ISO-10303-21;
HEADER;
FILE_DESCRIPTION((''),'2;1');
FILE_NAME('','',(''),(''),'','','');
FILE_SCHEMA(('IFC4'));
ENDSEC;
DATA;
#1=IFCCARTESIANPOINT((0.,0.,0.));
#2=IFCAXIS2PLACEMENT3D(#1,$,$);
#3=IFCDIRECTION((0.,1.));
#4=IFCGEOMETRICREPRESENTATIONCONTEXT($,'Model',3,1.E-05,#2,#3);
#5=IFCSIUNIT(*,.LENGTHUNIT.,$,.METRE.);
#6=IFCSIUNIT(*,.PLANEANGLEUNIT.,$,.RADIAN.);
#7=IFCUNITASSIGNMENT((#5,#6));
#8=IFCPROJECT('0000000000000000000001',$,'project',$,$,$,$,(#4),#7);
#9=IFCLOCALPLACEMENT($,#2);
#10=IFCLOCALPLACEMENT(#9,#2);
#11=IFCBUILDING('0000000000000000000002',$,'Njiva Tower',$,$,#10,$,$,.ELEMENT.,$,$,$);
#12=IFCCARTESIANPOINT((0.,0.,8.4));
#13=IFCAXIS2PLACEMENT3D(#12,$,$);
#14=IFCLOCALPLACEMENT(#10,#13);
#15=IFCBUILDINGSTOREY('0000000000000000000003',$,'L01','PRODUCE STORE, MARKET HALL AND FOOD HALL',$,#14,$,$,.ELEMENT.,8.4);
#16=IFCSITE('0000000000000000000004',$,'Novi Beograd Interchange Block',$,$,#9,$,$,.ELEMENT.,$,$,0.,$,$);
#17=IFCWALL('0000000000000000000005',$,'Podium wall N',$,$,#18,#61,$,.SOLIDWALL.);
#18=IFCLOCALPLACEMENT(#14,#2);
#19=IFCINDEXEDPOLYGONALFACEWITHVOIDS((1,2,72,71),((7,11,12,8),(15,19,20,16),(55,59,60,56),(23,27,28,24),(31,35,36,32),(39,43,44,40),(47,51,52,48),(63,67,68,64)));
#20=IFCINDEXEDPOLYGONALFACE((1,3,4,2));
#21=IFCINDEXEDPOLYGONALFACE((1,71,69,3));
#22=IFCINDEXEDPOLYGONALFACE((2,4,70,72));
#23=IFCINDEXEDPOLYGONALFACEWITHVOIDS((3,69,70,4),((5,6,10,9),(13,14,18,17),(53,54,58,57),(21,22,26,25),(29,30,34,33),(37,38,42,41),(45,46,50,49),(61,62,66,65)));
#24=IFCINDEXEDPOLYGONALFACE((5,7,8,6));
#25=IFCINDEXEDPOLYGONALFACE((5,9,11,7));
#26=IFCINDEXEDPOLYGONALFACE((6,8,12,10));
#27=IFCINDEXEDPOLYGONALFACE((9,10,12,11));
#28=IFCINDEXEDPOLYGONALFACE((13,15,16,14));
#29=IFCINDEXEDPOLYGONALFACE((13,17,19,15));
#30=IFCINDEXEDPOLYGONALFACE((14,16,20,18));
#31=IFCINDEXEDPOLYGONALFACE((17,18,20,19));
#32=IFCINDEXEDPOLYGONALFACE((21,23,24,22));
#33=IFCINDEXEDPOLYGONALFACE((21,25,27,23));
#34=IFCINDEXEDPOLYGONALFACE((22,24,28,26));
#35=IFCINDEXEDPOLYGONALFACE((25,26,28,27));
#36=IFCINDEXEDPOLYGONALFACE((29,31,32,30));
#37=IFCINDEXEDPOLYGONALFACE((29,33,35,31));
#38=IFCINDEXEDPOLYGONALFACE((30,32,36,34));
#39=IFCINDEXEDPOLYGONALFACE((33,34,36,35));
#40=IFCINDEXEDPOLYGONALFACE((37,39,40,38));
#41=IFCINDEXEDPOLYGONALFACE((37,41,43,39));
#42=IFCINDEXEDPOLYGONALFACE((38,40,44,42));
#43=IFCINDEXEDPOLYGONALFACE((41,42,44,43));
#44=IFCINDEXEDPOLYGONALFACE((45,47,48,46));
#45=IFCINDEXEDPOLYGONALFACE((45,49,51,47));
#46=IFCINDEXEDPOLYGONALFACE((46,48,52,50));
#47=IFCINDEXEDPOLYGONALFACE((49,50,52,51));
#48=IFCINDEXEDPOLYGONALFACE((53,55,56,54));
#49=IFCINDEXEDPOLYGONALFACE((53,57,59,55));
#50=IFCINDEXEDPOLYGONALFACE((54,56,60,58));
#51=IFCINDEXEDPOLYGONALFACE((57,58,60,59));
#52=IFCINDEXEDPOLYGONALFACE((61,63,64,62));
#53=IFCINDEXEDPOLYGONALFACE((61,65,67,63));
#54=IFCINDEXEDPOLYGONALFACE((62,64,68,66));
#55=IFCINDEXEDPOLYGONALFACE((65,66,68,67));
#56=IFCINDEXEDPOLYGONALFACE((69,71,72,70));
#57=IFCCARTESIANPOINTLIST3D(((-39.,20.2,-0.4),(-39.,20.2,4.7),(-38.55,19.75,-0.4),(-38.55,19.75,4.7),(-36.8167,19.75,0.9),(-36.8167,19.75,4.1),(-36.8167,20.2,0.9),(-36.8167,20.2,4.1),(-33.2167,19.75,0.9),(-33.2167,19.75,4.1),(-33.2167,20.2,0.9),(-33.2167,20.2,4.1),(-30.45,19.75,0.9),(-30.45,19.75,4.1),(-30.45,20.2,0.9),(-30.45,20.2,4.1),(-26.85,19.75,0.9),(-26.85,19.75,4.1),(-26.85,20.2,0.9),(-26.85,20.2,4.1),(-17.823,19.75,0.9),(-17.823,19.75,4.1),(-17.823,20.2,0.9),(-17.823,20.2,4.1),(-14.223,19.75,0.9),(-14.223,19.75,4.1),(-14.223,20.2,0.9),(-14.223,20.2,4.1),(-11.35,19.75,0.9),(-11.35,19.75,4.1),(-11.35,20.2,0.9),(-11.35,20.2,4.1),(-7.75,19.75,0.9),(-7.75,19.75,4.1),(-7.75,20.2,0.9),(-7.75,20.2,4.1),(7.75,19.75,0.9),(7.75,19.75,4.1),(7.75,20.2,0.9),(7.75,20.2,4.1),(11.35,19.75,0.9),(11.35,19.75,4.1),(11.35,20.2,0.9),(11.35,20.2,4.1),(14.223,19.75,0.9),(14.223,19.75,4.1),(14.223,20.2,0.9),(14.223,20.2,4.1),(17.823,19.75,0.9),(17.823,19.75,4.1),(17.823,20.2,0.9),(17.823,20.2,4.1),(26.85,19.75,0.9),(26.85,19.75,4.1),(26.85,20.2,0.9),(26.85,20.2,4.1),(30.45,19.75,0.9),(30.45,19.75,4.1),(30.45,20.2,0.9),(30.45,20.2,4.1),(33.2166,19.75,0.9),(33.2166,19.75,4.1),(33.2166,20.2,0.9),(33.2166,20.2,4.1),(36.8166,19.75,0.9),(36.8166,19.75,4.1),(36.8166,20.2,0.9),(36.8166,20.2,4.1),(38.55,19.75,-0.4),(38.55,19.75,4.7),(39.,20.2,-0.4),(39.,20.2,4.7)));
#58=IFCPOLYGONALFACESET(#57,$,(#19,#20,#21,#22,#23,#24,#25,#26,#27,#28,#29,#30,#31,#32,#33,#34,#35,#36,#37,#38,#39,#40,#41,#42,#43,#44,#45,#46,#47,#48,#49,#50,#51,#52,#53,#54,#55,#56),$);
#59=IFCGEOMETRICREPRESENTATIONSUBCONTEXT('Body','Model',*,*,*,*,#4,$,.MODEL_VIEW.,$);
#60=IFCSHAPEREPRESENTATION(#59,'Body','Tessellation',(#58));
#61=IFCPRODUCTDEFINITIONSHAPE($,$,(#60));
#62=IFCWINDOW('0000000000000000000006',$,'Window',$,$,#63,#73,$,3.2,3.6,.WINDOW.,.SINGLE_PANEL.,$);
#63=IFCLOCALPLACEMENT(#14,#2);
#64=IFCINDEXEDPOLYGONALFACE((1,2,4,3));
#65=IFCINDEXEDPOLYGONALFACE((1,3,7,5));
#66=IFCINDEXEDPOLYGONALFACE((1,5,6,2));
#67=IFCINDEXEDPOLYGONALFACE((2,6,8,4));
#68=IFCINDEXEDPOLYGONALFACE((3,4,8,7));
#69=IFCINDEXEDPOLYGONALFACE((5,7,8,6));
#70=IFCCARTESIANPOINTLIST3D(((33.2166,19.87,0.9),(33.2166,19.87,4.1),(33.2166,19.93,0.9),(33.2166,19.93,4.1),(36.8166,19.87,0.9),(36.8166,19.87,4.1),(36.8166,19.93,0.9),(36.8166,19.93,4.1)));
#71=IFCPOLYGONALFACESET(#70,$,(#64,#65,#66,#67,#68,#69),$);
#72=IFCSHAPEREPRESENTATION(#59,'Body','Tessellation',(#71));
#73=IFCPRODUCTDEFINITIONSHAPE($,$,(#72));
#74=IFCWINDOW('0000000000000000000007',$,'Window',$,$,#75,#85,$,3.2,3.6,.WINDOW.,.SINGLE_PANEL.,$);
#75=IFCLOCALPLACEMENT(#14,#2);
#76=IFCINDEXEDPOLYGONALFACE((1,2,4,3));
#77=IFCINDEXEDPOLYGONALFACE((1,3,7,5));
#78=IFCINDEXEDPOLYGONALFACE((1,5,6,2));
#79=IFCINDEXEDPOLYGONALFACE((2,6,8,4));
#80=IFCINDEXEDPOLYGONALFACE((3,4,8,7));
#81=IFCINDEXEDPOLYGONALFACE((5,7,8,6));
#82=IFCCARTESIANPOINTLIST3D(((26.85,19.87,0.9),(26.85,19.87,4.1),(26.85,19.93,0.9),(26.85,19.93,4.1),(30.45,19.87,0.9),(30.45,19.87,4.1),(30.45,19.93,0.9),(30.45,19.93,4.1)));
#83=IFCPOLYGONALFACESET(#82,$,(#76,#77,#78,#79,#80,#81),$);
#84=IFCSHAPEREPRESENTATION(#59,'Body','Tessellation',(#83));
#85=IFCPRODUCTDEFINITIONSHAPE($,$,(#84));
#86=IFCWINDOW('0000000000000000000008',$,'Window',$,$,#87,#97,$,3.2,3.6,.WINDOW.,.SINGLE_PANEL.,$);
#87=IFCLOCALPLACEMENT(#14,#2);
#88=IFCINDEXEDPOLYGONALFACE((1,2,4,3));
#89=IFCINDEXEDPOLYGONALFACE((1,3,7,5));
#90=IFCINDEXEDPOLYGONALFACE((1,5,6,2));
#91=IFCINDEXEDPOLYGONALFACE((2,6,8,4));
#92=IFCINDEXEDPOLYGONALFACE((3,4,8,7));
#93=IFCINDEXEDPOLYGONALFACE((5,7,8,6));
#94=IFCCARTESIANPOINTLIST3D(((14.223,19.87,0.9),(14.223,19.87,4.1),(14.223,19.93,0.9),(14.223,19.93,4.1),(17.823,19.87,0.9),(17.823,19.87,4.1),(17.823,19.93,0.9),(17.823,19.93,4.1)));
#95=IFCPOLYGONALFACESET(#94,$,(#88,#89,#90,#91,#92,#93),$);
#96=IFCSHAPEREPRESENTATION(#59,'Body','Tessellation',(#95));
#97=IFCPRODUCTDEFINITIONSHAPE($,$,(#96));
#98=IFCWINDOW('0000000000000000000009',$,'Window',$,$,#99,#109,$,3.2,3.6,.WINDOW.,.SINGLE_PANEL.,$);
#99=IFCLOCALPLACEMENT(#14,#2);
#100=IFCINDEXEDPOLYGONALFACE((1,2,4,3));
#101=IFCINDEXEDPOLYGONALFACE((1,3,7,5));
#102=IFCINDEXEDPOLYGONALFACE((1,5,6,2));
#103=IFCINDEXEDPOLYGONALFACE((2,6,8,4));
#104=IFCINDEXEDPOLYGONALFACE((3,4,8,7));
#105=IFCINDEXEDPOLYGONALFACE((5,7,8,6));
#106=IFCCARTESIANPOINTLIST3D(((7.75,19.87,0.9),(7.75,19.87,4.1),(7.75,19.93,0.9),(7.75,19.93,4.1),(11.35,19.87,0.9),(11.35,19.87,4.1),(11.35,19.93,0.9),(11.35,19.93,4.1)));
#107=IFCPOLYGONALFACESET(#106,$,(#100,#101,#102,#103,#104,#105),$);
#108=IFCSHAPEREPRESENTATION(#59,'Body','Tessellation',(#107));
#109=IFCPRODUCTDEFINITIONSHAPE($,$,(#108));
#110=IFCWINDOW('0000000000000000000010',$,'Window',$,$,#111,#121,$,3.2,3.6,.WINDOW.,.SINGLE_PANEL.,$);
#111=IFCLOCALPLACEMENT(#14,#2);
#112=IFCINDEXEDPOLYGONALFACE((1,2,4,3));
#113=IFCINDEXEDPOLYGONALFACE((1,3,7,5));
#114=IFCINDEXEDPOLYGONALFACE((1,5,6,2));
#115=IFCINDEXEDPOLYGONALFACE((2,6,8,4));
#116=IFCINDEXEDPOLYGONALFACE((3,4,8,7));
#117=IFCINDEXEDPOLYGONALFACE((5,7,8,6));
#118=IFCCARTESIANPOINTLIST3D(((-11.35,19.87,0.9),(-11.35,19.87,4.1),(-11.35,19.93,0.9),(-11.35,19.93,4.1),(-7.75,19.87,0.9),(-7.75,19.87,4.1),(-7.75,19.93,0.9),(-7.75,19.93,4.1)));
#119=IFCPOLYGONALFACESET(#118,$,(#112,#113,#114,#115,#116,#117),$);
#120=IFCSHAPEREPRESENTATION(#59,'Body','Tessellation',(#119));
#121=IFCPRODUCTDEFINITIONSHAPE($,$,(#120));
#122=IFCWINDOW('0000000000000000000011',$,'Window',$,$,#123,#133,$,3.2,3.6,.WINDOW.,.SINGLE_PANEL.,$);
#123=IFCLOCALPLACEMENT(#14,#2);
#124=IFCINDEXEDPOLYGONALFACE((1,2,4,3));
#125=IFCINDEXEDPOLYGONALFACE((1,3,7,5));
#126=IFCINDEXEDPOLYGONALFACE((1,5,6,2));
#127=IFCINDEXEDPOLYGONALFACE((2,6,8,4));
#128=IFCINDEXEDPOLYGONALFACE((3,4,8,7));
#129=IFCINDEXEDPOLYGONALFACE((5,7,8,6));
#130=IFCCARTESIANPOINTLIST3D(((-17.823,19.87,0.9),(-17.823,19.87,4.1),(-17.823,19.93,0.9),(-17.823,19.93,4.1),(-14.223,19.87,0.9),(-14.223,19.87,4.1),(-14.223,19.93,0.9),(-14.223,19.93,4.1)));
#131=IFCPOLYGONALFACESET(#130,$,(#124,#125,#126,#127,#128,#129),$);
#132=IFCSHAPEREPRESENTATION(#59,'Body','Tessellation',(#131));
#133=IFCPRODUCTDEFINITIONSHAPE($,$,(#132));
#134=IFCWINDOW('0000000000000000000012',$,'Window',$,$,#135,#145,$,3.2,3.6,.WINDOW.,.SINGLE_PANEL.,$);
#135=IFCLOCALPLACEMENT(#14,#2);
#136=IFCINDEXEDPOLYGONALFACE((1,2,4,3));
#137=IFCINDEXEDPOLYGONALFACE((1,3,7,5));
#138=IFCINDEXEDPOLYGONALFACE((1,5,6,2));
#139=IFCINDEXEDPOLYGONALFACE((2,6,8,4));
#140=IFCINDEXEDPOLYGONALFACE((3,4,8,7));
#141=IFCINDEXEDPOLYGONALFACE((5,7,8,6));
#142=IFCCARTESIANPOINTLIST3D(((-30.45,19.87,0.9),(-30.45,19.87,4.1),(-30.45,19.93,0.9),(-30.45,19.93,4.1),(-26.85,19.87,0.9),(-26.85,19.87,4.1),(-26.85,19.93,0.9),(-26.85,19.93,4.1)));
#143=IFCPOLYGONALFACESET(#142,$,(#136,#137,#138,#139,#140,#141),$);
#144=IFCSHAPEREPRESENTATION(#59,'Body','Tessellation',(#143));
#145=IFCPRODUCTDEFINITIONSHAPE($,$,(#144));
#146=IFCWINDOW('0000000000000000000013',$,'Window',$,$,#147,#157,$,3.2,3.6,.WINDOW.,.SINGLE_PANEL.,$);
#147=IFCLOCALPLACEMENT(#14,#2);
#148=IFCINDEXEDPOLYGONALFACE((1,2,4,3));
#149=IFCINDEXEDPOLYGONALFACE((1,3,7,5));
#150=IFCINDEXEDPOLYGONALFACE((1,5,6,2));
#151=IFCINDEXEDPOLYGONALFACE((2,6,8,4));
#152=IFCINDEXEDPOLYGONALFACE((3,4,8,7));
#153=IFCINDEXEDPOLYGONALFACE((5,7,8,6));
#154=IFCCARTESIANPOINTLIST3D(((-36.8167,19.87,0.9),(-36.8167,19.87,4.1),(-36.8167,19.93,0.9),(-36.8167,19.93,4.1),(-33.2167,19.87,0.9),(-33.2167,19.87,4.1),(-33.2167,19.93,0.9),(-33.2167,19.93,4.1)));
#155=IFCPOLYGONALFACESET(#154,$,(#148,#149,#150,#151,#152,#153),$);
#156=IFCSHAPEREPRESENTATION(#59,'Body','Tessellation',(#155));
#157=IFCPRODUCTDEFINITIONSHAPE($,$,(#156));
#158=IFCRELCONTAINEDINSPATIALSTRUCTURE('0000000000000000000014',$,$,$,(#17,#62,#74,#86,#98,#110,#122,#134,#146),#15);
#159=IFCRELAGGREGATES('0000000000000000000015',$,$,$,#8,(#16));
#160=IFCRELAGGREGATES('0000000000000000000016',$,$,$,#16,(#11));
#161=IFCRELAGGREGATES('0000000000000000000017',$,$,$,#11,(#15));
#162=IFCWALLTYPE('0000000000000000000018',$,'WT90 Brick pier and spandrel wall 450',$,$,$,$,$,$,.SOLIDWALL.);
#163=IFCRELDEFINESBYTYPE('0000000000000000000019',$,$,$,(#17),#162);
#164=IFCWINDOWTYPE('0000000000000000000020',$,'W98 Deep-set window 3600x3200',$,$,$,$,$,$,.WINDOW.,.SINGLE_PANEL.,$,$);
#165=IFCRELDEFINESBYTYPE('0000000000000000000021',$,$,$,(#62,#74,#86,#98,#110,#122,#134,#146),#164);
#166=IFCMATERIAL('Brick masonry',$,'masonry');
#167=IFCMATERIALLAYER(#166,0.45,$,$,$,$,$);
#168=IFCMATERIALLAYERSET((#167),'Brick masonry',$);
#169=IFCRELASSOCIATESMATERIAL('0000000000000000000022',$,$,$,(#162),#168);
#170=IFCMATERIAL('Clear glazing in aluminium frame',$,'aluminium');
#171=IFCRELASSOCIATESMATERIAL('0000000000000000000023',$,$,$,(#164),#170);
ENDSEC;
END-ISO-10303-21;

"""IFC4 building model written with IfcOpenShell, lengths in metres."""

from ifc_helpers import new_model, si_unit, direction, frame, frame_2d, origin, place, context, subcontext, project, spatial, polyline, rectangle, outline, extrude, material, layer, layer_set, type_object, element, fill, save


model = new_model("IFC4")

# Units and contexts
model_context = context("Model", 3, precision=1e-05, world=origin(), true_north=direction((0.0, 1.0)))
body_context = subcontext(model_context, "Body", "Model", "MODEL_VIEW")
ifc_project = project(units=[si_unit("LENGTHUNIT", "METRE"), si_unit("PLANEANGLEUNIT", "RADIAN")], contexts=[model_context])

# Site, building, storey
site_placement = place(None, origin())
site = spatial("IfcSite", under=ifc_project, at=site_placement, Name="Novi Beograd Interchange Block", CompositionType="ELEMENT", RefElevation=0.0)
building_placement = place(site_placement, origin())
building = spatial("IfcBuilding", under=site, at=building_placement, Name="Njiva Tower", CompositionType="ELEMENT")
storey_placement = place(building_placement, frame((0.0, 0.0, 8.4)))
storey = spatial("IfcBuildingStorey", under=building, at=storey_placement, Name="L01", Description="PRODUCE STORE, MARKET HALL AND FOOD HALL", CompositionType="ELEMENT", Elevation=8.4)

# Wall, openings, windows
ifc_material_1 = material(Name="Brick masonry", Category="masonry")
ifc_layer = layer(ifc_material_1, 0.45)
ifc_layer_set = layer_set([ifc_layer], Name="Brick masonry")
wall_type = type_object("IfcWallType", Name="WT90 Brick pier and spandrel wall 450", PredefinedType="SOLIDWALL", material=ifc_layer_set)
wall_placement = place(storey_placement, frame((38.775, 19.975, -0.4), z_axis=(0.0, 0.0, 1.0), x_axis=(-1.0, 0.0, 0.0)))
wall = element("IfcWall", 1, at=wall_placement, inside=storey, type_object=wall_type, Name="Podium wall N", PredefinedType="SOLIDWALL", context=body_context, shape_type="SweptSolid", body=[
    extrude(outline(polyline([(-0.225, -0.225), (77.775, -0.225), (77.325, 0.225), (0.225, 0.225), (-0.225, -0.225)])), origin(), (0.0, 0.0, 1.0), 5.1),
])
opening_1_placement = place(wall_placement, frame((1.9584, 0.0, 1.3)))
opening_1 = element("IfcOpeningElement", 2, at=opening_1_placement, cuts=wall, PredefinedType="OPENING", context=body_context, shape_type="SweptSolid", body=[
    extrude(rectangle(XDim=3.6, YDim=3.2, at=frame_2d((1.8, 1.6))), frame((0.0, 0.235, 0.0), z_axis=(0.0, -1.0, 0.0), x_axis=(1.0, 0.0, 0.0)), (0.0, 0.0, 1.0), 0.47),
])
opening_2_placement = place(wall_placement, frame((8.325, 0.0, 1.3)))
opening_2 = element("IfcOpeningElement", 3, at=opening_2_placement, cuts=wall, PredefinedType="OPENING", context=body_context, shape_type="SweptSolid", body=[
    extrude(rectangle(XDim=3.6, YDim=3.2, at=frame_2d((1.8, 1.6))), frame((0.0, 0.235, 0.0), z_axis=(0.0, -1.0, 0.0), x_axis=(1.0, 0.0, 0.0)), (0.0, 0.0, 1.0), 0.47),
])
opening_3_placement = place(wall_placement, frame((20.952, 0.0, 1.3)))
opening_3 = element("IfcOpeningElement", 4, at=opening_3_placement, cuts=wall, PredefinedType="OPENING", context=body_context, shape_type="SweptSolid", body=[
    extrude(rectangle(XDim=3.6, YDim=3.2, at=frame_2d((1.8, 1.6))), frame((0.0, 0.235, 0.0), z_axis=(0.0, -1.0, 0.0), x_axis=(1.0, 0.0, 0.0)), (0.0, 0.0, 1.0), 0.47),
])
opening_4_placement = place(wall_placement, frame((27.425, 0.0, 1.3)))
opening_4 = element("IfcOpeningElement", 5, at=opening_4_placement, cuts=wall, PredefinedType="OPENING", context=body_context, shape_type="SweptSolid", body=[
    extrude(rectangle(XDim=3.6, YDim=3.2, at=frame_2d((1.8, 1.6))), frame((0.0, 0.235, 0.0), z_axis=(0.0, -1.0, 0.0), x_axis=(1.0, 0.0, 0.0)), (0.0, 0.0, 1.0), 0.47),
])
opening_5_placement = place(wall_placement, frame((46.525, 0.0, 1.3)))
opening_5 = element("IfcOpeningElement", 6, at=opening_5_placement, cuts=wall, PredefinedType="OPENING", context=body_context, shape_type="SweptSolid", body=[
    extrude(rectangle(XDim=3.6, YDim=3.2, at=frame_2d((1.8, 1.6))), frame((0.0, 0.235, 0.0), z_axis=(0.0, -1.0, 0.0), x_axis=(1.0, 0.0, 0.0)), (0.0, 0.0, 1.0), 0.47),
])
opening_6_placement = place(wall_placement, frame((52.998, 0.0, 1.3)))
opening_6 = element("IfcOpeningElement", 7, at=opening_6_placement, cuts=wall, PredefinedType="OPENING", context=body_context, shape_type="SweptSolid", body=[
    extrude(rectangle(XDim=3.6, YDim=3.2, at=frame_2d((1.8, 1.6))), frame((0.0, 0.235, 0.0), z_axis=(0.0, -1.0, 0.0), x_axis=(1.0, 0.0, 0.0)), (0.0, 0.0, 1.0), 0.47),
])
opening_7_placement = place(wall_placement, frame((65.625, 0.0, 1.3)))
opening_7 = element("IfcOpeningElement", 8, at=opening_7_placement, cuts=wall, PredefinedType="OPENING", context=body_context, shape_type="SweptSolid", body=[
    extrude(rectangle(XDim=3.6, YDim=3.2, at=frame_2d((1.8, 1.6))), frame((0.0, 0.235, 0.0), z_axis=(0.0, -1.0, 0.0), x_axis=(1.0, 0.0, 0.0)), (0.0, 0.0, 1.0), 0.47),
])
opening_8_placement = place(wall_placement, frame((71.9917, 0.0, 1.3)))
opening_8 = element("IfcOpeningElement", 9, at=opening_8_placement, cuts=wall, PredefinedType="OPENING", context=body_context, shape_type="SweptSolid", body=[
    extrude(rectangle(XDim=3.6, YDim=3.2, at=frame_2d((1.8, 1.6))), frame((0.0, 0.235, 0.0), z_axis=(0.0, -1.0, 0.0), x_axis=(1.0, 0.0, 0.0)), (0.0, 0.0, 1.0), 0.47),
])
ifc_material_2 = material(Name="Clear glazing in aluminium frame", Category="aluminium")
window_type = type_object("IfcWindowType", Name="W98 Deep-set window 3600x3200", PartitioningType="SINGLE_PANEL", PredefinedType="WINDOW", material=ifc_material_2)
window_1_placement = place(opening_1_placement, origin())
window_1 = element("IfcWindow", 10, at=window_1_placement, inside=storey, type_object=window_type, Name="Window", OverallHeight=3.2, OverallWidth=3.6, PartitioningType="SINGLE_PANEL", PredefinedType="WINDOW", context=body_context, shape_type="SweptSolid", body=[
    extrude(rectangle(XDim=3.6, YDim=3.2, at=frame_2d((1.8, 1.6))), frame((0.0, 0.105, 0.0), z_axis=(0.0, -1.0, 0.0), x_axis=(1.0, 0.0, 0.0)), (0.0, 0.0, 1.0), 0.06),
])
fill(opening_1, window_1)
window_2_placement = place(opening_2_placement, origin())
window_2 = element("IfcWindow", 11, at=window_2_placement, inside=storey, type_object=window_type, Name="Window", OverallHeight=3.2, OverallWidth=3.6, PartitioningType="SINGLE_PANEL", PredefinedType="WINDOW", context=body_context, shape_type="SweptSolid", body=[
    extrude(rectangle(XDim=3.6, YDim=3.2, at=frame_2d((1.8, 1.6))), frame((0.0, 0.105, 0.0), z_axis=(0.0, -1.0, 0.0), x_axis=(1.0, 0.0, 0.0)), (0.0, 0.0, 1.0), 0.06),
])
fill(opening_2, window_2)
window_3_placement = place(opening_3_placement, origin())
window_3 = element("IfcWindow", 12, at=window_3_placement, inside=storey, type_object=window_type, Name="Window", OverallHeight=3.2, OverallWidth=3.6, PartitioningType="SINGLE_PANEL", PredefinedType="WINDOW", context=body_context, shape_type="SweptSolid", body=[
    extrude(rectangle(XDim=3.6, YDim=3.2, at=frame_2d((1.8, 1.6))), frame((0.0, 0.105, 0.0), z_axis=(0.0, -1.0, 0.0), x_axis=(1.0, 0.0, 0.0)), (0.0, 0.0, 1.0), 0.06),
])
fill(opening_3, window_3)
window_4_placement = place(opening_4_placement, origin())
window_4 = element("IfcWindow", 13, at=window_4_placement, inside=storey, type_object=window_type, Name="Window", OverallHeight=3.2, OverallWidth=3.6, PartitioningType="SINGLE_PANEL", PredefinedType="WINDOW", context=body_context, shape_type="SweptSolid", body=[
    extrude(rectangle(XDim=3.6, YDim=3.2, at=frame_2d((1.8, 1.6))), frame((0.0, 0.105, 0.0), z_axis=(0.0, -1.0, 0.0), x_axis=(1.0, 0.0, 0.0)), (0.0, 0.0, 1.0), 0.06),
])
fill(opening_4, window_4)
window_5_placement = place(opening_5_placement, origin())
window_5 = element("IfcWindow", 14, at=window_5_placement, inside=storey, type_object=window_type, Name="Window", OverallHeight=3.2, OverallWidth=3.6, PartitioningType="SINGLE_PANEL", PredefinedType="WINDOW", context=body_context, shape_type="SweptSolid", body=[
    extrude(rectangle(XDim=3.6, YDim=3.2, at=frame_2d((1.8, 1.6))), frame((0.0, 0.105, 0.0), z_axis=(0.0, -1.0, 0.0), x_axis=(1.0, 0.0, 0.0)), (0.0, 0.0, 1.0), 0.06),
])
fill(opening_5, window_5)
window_6_placement = place(opening_6_placement, origin())
window_6 = element("IfcWindow", 15, at=window_6_placement, inside=storey, type_object=window_type, Name="Window", OverallHeight=3.2, OverallWidth=3.6, PartitioningType="SINGLE_PANEL", PredefinedType="WINDOW", context=body_context, shape_type="SweptSolid", body=[
    extrude(rectangle(XDim=3.6, YDim=3.2, at=frame_2d((1.8, 1.6))), frame((0.0, 0.105, 0.0), z_axis=(0.0, -1.0, 0.0), x_axis=(1.0, 0.0, 0.0)), (0.0, 0.0, 1.0), 0.06),
])
fill(opening_6, window_6)
window_7_placement = place(opening_7_placement, origin())
window_7 = element("IfcWindow", 16, at=window_7_placement, inside=storey, type_object=window_type, Name="Window", OverallHeight=3.2, OverallWidth=3.6, PartitioningType="SINGLE_PANEL", PredefinedType="WINDOW", context=body_context, shape_type="SweptSolid", body=[
    extrude(rectangle(XDim=3.6, YDim=3.2, at=frame_2d((1.8, 1.6))), frame((0.0, 0.105, 0.0), z_axis=(0.0, -1.0, 0.0), x_axis=(1.0, 0.0, 0.0)), (0.0, 0.0, 1.0), 0.06),
])
fill(opening_7, window_7)
window_8_placement = place(opening_8_placement, origin())
window_8 = element("IfcWindow", 17, at=window_8_placement, inside=storey, type_object=window_type, Name="Window", OverallHeight=3.2, OverallWidth=3.6, PartitioningType="SINGLE_PANEL", PredefinedType="WINDOW", context=body_context, shape_type="SweptSolid", body=[
    extrude(rectangle(XDim=3.6, YDim=3.2, at=frame_2d((1.8, 1.6))), frame((0.0, 0.105, 0.0), z_axis=(0.0, -1.0, 0.0), x_axis=(1.0, 0.0, 0.0)), (0.0, 0.0, 1.0), 0.06),
])
fill(opening_8, window_8)

save(model, "model.ifc")
